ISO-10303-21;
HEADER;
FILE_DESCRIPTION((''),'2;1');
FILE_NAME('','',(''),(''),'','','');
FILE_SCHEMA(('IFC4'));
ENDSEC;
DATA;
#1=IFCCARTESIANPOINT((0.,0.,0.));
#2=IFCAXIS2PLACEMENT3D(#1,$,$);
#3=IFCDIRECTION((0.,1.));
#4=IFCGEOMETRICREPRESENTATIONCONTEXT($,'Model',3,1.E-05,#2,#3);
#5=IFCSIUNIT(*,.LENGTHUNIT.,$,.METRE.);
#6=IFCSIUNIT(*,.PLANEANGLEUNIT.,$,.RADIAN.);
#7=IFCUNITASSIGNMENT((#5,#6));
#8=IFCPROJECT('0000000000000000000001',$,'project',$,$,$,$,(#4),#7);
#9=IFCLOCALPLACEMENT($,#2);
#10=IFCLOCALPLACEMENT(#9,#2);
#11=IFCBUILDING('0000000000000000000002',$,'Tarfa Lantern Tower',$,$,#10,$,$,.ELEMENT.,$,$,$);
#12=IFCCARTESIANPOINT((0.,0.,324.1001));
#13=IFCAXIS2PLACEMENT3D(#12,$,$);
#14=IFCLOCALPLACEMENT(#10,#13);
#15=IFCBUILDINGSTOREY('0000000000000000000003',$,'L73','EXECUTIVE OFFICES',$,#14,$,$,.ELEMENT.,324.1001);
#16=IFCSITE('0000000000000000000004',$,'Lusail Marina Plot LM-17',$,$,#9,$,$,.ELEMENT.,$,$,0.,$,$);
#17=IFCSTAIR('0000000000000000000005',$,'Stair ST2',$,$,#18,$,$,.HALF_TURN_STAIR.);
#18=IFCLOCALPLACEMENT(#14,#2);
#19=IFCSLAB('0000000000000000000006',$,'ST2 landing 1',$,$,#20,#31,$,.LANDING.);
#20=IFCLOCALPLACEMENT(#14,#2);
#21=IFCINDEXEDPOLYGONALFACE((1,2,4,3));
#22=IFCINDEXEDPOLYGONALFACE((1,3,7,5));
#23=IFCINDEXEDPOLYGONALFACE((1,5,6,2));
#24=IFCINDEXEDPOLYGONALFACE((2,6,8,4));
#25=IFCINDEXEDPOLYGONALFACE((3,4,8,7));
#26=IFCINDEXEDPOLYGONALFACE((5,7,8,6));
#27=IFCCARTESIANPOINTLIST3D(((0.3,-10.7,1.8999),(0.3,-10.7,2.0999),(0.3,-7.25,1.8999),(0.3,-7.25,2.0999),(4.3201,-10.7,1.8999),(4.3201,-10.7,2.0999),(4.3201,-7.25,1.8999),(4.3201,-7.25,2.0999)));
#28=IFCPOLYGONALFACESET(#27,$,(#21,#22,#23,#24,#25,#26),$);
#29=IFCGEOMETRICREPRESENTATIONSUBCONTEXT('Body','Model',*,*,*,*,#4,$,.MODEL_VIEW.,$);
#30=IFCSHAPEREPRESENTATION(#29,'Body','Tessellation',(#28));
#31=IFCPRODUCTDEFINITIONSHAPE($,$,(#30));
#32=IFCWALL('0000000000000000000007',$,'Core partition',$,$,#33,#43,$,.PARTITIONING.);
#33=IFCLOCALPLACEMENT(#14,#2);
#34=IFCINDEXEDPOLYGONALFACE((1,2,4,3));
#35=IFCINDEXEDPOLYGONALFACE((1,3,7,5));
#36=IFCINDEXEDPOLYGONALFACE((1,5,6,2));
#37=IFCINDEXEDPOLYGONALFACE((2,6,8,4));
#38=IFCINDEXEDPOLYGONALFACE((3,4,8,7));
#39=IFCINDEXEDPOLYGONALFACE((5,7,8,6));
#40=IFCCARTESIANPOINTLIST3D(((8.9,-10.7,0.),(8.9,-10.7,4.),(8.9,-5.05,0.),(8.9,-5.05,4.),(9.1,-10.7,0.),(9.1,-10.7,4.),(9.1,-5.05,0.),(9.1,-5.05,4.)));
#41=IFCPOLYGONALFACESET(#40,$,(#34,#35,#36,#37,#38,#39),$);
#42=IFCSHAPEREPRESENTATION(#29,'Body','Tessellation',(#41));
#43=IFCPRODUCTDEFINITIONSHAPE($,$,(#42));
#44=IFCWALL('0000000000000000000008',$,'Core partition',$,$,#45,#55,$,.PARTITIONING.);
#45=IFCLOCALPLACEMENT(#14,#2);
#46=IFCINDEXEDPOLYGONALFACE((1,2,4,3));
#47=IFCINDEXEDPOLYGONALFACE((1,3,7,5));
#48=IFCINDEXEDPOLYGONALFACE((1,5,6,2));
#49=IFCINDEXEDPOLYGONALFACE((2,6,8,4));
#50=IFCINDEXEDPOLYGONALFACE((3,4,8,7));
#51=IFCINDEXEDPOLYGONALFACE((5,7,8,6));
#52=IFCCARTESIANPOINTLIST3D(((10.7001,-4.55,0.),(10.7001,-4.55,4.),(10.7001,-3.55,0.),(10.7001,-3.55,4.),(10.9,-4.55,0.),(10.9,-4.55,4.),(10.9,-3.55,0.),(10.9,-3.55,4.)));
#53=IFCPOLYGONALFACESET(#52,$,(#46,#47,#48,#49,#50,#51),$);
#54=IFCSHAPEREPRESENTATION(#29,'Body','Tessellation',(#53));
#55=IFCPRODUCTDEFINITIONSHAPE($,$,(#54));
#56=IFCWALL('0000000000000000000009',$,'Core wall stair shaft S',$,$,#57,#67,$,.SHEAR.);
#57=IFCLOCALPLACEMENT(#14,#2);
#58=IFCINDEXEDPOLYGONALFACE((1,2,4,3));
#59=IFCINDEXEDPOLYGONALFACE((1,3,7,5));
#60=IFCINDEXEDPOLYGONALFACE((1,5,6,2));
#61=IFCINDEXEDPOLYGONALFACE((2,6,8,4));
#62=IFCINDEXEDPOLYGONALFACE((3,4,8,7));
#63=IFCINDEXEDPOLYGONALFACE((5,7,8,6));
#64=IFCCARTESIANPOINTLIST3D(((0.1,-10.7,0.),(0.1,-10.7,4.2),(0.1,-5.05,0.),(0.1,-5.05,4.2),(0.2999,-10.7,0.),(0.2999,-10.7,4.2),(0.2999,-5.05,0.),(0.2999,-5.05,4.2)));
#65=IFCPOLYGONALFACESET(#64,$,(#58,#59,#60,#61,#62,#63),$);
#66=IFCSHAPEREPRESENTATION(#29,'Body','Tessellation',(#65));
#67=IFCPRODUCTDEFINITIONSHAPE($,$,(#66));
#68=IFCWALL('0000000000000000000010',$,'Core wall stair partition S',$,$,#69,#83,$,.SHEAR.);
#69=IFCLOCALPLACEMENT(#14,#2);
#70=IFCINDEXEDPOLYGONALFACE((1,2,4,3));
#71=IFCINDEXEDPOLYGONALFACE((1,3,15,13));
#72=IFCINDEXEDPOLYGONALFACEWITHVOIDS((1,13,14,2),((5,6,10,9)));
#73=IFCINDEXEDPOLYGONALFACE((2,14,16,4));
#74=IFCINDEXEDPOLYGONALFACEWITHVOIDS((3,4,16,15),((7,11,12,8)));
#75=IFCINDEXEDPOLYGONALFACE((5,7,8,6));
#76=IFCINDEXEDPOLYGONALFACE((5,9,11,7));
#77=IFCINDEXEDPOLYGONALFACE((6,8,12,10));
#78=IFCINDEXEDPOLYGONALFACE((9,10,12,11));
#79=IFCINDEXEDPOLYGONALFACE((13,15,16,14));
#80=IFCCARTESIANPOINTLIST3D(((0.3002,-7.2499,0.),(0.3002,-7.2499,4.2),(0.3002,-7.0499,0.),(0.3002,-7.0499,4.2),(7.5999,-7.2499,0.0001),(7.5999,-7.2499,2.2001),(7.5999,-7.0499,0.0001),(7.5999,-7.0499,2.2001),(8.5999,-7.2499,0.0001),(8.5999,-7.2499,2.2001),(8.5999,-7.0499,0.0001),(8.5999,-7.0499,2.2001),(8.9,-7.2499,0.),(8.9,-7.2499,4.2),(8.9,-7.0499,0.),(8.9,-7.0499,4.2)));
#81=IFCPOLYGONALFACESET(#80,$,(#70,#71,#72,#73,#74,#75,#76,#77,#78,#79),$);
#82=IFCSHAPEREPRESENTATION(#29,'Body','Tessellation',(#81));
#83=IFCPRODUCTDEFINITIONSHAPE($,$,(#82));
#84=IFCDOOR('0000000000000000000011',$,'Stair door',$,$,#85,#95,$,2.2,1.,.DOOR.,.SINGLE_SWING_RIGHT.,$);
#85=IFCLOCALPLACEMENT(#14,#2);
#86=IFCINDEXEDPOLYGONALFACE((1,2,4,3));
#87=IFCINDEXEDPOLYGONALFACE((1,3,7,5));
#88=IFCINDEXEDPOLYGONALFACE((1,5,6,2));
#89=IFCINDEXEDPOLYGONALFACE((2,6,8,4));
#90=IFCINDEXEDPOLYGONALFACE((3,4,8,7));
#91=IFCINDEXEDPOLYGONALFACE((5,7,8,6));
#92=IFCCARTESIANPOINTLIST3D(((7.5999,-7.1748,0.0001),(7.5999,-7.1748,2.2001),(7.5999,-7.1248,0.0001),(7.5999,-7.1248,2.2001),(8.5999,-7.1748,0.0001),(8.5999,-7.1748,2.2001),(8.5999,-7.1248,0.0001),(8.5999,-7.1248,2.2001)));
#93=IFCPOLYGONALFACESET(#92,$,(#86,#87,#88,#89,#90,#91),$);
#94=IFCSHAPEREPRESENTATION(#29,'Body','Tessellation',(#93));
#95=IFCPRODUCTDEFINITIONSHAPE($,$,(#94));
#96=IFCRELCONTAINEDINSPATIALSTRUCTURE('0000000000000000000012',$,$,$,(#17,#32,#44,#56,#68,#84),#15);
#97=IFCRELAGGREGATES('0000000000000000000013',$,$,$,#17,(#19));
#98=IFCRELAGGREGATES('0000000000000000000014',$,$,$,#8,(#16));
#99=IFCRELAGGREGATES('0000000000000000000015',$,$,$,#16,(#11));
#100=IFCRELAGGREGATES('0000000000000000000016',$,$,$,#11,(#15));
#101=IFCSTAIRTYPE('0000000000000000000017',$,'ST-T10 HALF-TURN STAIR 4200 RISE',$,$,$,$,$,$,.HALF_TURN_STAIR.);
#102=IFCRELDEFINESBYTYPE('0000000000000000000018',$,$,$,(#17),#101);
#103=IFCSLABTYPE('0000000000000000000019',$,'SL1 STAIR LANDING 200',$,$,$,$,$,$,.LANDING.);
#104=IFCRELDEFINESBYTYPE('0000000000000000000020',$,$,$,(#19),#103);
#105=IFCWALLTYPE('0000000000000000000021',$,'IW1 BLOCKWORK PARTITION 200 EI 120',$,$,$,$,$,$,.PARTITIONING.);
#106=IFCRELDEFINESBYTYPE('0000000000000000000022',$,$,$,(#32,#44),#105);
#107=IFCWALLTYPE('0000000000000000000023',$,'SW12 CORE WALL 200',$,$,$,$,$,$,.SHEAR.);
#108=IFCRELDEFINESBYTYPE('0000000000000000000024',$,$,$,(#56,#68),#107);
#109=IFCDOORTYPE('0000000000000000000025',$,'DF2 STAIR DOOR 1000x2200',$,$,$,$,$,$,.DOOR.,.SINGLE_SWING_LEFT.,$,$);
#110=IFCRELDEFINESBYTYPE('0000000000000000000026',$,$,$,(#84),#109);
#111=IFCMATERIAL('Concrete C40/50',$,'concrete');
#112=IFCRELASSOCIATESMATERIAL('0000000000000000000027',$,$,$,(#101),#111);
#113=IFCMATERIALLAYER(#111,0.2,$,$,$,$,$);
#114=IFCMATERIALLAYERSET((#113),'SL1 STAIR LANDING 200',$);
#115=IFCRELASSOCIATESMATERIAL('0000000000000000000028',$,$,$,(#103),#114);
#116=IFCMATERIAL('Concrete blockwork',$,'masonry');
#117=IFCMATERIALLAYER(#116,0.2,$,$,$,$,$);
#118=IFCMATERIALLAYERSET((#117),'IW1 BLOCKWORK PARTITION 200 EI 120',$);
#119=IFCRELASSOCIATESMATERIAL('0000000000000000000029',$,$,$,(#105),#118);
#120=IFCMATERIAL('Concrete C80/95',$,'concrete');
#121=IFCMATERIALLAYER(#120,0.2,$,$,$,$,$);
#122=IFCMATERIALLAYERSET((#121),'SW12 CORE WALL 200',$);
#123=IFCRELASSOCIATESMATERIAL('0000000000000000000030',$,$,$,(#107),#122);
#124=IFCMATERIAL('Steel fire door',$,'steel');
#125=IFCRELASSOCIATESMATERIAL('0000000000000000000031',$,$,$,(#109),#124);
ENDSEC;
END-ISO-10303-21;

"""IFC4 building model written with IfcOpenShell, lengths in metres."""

from ifc_helpers import new_model, si_unit, direction, frame, frame_2d, origin, place, context, subcontext, project, spatial, polyline, rectangle, outline, extrude, material, layer, layer_set, type_object, element, fill, aggregate, save


model = new_model("IFC4")

# Units and contexts
model_context = context("Model", 3, precision=1e-05, world=origin(), true_north=direction((0.0, 1.0)))
body_context = subcontext(model_context, "Body", "Model", "MODEL_VIEW")
ifc_project = project(units=[si_unit("LENGTHUNIT", "METRE"), si_unit("PLANEANGLEUNIT", "RADIAN")], contexts=[model_context])

# Site, building, storey
site_placement = place(None, origin())
site = spatial("IfcSite", under=ifc_project, at=site_placement, Name="Lusail Marina Plot LM-17", CompositionType="ELEMENT", RefElevation=0.0)
building_placement = place(site_placement, origin())
building = spatial("IfcBuilding", under=site, at=building_placement, Name="Tarfa Lantern Tower", CompositionType="ELEMENT")
storey_placement = place(building_placement, frame((0.0, 0.0, 324.1001)))
storey = spatial("IfcBuildingStorey", under=building, at=storey_placement, Name="L73", Description="EXECUTIVE OFFICES", CompositionType="ELEMENT", Elevation=324.1001)

# Stair, slab
ifc_material_1 = material(Name="Concrete C40/50", Category="concrete")
stair_type = type_object("IfcStairType", Name="ST-T10 HALF-TURN STAIR 4200 RISE", PredefinedType="HALF_TURN_STAIR", material=ifc_material_1)
stair_placement = place(storey_placement, origin())
stair = element("IfcStair", 1, at=stair_placement, inside=storey, type_object=stair_type, Name="Stair ST2", PredefinedType="HALF_TURN_STAIR")
ifc_layer_1 = layer(ifc_material_1, 0.2)
ifc_layer_set_1 = layer_set([ifc_layer_1], Name="SL1 STAIR LANDING 200")
slab_type = type_object("IfcSlabType", Name="SL1 STAIR LANDING 200", PredefinedType="LANDING", material=ifc_layer_set_1)
slab_placement = place(storey_placement, frame((0.0, 0.0, 1.8999)))
slab = element("IfcSlab", 2, at=slab_placement, type_object=slab_type, Name="ST2 landing 1", PredefinedType="LANDING", context=body_context, shape_type="SweptSolid", body=[
    extrude(outline(polyline([(4.3201, -7.25), (0.3, -7.25), (0.3, -10.7), (4.3201, -10.7), (4.3201, -7.25)])), origin(), (0.0, 0.0, 1.0), 0.2),
])

# Walls
ifc_material_2 = material(Name="Concrete blockwork", Category="masonry")
ifc_layer_2 = layer(ifc_material_2, 0.2)
ifc_layer_set_2 = layer_set([ifc_layer_2], Name="IW1 BLOCKWORK PARTITION 200 EI 120")
wall_type_1 = type_object("IfcWallType", Name="IW1 BLOCKWORK PARTITION 200 EI 120", PredefinedType="PARTITIONING", material=ifc_layer_set_2)
wall_1_placement = place(storey_placement, frame((9.0, -5.05, 0.0), z_axis=(0.0, 0.0, 1.0), x_axis=(0.0, -1.0, 0.0)))
element("IfcWall", 3, at=wall_1_placement, inside=storey, type_object=wall_type_1, Name="Core partition", PredefinedType="PARTITIONING", context=body_context, shape_type="SweptSolid", body=[
    extrude(rectangle(XDim=5.6499, YDim=0.2, at=frame_2d((2.825, 0.0))), origin(), (0.0, 0.0, 1.0), 4.0),
])
wall_2_placement = place(storey_placement, frame((10.8, -3.55, 0.0), z_axis=(0.0, 0.0, 1.0), x_axis=(0.0, -1.0, 0.0)))
element("IfcWall", 4, at=wall_2_placement, inside=storey, type_object=wall_type_1, Name="Core partition", PredefinedType="PARTITIONING", context=body_context, shape_type="SweptSolid", body=[
    extrude(rectangle(XDim=1.0, YDim=0.2, at=frame_2d((0.5, 0.0))), origin(), (0.0, 0.0, 1.0), 4.0),
])
ifc_material_3 = material(Name="Concrete C80/95", Category="concrete")
ifc_layer_3 = layer(ifc_material_3, 0.2)
ifc_layer_set_3 = layer_set([ifc_layer_3], Name="SW12 CORE WALL 200")
wall_type_2 = type_object("IfcWallType", Name="SW12 CORE WALL 200", PredefinedType="SHEAR", material=ifc_layer_set_3)
wall_3_placement = place(storey_placement, frame((0.2, -5.05, 0.0), z_axis=(0.0, 0.0, 1.0), x_axis=(0.0, -1.0, 0.0)))
element("IfcWall", 5, at=wall_3_placement, inside=storey, type_object=wall_type_2, Name="Core wall stair shaft S", PredefinedType="SHEAR", context=body_context, shape_type="SweptSolid", body=[
    extrude(rectangle(XDim=5.6499, YDim=0.2, at=frame_2d((2.825, 0.0))), origin(), (0.0, 0.0, 1.0), 4.2),
])

# Wall, opening, door
wall_4_placement = place(storey_placement, frame((8.8999, -7.1499, 0.0), z_axis=(0.0, 0.0, 1.0), x_axis=(-1.0, 0.0, 0.0)))
wall_4 = element("IfcWall", 6, at=wall_4_placement, inside=storey, type_object=wall_type_2, Name="Core wall stair partition S", PredefinedType="SHEAR", context=body_context, shape_type="SweptSolid", body=[
    extrude(rectangle(XDim=8.5999, YDim=0.2, at=frame_2d((4.2998, 0.0))), origin(), (0.0, 0.0, 1.0), 4.2),
])
opening_1_placement = place(wall_4_placement, frame((0.3, 0.0, 0.0)))
opening_1 = element("IfcOpeningElement", 7, at=opening_1_placement, cuts=wall_4, PredefinedType="OPENING", context=body_context, shape_type="SweptSolid", body=[
    extrude(rectangle(XDim=1.0, YDim=2.2, at=frame_2d((0.5, 1.1001))), frame((0.0, 0.1099, 0.0), z_axis=(0.0, -1.0, 0.0), x_axis=(1.0, 0.0, 0.0)), (0.0, 0.0, 1.0), 0.22),
])
ifc_material_4 = material(Name="Steel fire door", Category="steel")
door_type_1 = type_object("IfcDoorType", Name="DF2 STAIR DOOR 1000x2200", OperationType="SINGLE_SWING_LEFT", PredefinedType="DOOR", material=ifc_material_4)
door_1_placement = place(opening_1_placement, origin())
door_1 = element("IfcDoor", 8, at=door_1_placement, inside=storey, type_object=door_type_1, Name="Stair door", OperationType="SINGLE_SWING_RIGHT", OverallHeight=2.2, OverallWidth=1.0, PredefinedType="DOOR", context=body_context, shape_type="SweptSolid", body=[
    extrude(rectangle(XDim=1.0, YDim=2.2, at=frame_2d((0.5, 1.1001))), frame((0.0, 0.0249, 0.0), z_axis=(0.0, -1.0, 0.0), x_axis=(1.0, 0.0, 0.0)), (0.0, 0.0, 1.0), 0.05),
])
fill(opening_1, door_1)

aggregate(stair, [slab])

save(model, "model.ifc")
